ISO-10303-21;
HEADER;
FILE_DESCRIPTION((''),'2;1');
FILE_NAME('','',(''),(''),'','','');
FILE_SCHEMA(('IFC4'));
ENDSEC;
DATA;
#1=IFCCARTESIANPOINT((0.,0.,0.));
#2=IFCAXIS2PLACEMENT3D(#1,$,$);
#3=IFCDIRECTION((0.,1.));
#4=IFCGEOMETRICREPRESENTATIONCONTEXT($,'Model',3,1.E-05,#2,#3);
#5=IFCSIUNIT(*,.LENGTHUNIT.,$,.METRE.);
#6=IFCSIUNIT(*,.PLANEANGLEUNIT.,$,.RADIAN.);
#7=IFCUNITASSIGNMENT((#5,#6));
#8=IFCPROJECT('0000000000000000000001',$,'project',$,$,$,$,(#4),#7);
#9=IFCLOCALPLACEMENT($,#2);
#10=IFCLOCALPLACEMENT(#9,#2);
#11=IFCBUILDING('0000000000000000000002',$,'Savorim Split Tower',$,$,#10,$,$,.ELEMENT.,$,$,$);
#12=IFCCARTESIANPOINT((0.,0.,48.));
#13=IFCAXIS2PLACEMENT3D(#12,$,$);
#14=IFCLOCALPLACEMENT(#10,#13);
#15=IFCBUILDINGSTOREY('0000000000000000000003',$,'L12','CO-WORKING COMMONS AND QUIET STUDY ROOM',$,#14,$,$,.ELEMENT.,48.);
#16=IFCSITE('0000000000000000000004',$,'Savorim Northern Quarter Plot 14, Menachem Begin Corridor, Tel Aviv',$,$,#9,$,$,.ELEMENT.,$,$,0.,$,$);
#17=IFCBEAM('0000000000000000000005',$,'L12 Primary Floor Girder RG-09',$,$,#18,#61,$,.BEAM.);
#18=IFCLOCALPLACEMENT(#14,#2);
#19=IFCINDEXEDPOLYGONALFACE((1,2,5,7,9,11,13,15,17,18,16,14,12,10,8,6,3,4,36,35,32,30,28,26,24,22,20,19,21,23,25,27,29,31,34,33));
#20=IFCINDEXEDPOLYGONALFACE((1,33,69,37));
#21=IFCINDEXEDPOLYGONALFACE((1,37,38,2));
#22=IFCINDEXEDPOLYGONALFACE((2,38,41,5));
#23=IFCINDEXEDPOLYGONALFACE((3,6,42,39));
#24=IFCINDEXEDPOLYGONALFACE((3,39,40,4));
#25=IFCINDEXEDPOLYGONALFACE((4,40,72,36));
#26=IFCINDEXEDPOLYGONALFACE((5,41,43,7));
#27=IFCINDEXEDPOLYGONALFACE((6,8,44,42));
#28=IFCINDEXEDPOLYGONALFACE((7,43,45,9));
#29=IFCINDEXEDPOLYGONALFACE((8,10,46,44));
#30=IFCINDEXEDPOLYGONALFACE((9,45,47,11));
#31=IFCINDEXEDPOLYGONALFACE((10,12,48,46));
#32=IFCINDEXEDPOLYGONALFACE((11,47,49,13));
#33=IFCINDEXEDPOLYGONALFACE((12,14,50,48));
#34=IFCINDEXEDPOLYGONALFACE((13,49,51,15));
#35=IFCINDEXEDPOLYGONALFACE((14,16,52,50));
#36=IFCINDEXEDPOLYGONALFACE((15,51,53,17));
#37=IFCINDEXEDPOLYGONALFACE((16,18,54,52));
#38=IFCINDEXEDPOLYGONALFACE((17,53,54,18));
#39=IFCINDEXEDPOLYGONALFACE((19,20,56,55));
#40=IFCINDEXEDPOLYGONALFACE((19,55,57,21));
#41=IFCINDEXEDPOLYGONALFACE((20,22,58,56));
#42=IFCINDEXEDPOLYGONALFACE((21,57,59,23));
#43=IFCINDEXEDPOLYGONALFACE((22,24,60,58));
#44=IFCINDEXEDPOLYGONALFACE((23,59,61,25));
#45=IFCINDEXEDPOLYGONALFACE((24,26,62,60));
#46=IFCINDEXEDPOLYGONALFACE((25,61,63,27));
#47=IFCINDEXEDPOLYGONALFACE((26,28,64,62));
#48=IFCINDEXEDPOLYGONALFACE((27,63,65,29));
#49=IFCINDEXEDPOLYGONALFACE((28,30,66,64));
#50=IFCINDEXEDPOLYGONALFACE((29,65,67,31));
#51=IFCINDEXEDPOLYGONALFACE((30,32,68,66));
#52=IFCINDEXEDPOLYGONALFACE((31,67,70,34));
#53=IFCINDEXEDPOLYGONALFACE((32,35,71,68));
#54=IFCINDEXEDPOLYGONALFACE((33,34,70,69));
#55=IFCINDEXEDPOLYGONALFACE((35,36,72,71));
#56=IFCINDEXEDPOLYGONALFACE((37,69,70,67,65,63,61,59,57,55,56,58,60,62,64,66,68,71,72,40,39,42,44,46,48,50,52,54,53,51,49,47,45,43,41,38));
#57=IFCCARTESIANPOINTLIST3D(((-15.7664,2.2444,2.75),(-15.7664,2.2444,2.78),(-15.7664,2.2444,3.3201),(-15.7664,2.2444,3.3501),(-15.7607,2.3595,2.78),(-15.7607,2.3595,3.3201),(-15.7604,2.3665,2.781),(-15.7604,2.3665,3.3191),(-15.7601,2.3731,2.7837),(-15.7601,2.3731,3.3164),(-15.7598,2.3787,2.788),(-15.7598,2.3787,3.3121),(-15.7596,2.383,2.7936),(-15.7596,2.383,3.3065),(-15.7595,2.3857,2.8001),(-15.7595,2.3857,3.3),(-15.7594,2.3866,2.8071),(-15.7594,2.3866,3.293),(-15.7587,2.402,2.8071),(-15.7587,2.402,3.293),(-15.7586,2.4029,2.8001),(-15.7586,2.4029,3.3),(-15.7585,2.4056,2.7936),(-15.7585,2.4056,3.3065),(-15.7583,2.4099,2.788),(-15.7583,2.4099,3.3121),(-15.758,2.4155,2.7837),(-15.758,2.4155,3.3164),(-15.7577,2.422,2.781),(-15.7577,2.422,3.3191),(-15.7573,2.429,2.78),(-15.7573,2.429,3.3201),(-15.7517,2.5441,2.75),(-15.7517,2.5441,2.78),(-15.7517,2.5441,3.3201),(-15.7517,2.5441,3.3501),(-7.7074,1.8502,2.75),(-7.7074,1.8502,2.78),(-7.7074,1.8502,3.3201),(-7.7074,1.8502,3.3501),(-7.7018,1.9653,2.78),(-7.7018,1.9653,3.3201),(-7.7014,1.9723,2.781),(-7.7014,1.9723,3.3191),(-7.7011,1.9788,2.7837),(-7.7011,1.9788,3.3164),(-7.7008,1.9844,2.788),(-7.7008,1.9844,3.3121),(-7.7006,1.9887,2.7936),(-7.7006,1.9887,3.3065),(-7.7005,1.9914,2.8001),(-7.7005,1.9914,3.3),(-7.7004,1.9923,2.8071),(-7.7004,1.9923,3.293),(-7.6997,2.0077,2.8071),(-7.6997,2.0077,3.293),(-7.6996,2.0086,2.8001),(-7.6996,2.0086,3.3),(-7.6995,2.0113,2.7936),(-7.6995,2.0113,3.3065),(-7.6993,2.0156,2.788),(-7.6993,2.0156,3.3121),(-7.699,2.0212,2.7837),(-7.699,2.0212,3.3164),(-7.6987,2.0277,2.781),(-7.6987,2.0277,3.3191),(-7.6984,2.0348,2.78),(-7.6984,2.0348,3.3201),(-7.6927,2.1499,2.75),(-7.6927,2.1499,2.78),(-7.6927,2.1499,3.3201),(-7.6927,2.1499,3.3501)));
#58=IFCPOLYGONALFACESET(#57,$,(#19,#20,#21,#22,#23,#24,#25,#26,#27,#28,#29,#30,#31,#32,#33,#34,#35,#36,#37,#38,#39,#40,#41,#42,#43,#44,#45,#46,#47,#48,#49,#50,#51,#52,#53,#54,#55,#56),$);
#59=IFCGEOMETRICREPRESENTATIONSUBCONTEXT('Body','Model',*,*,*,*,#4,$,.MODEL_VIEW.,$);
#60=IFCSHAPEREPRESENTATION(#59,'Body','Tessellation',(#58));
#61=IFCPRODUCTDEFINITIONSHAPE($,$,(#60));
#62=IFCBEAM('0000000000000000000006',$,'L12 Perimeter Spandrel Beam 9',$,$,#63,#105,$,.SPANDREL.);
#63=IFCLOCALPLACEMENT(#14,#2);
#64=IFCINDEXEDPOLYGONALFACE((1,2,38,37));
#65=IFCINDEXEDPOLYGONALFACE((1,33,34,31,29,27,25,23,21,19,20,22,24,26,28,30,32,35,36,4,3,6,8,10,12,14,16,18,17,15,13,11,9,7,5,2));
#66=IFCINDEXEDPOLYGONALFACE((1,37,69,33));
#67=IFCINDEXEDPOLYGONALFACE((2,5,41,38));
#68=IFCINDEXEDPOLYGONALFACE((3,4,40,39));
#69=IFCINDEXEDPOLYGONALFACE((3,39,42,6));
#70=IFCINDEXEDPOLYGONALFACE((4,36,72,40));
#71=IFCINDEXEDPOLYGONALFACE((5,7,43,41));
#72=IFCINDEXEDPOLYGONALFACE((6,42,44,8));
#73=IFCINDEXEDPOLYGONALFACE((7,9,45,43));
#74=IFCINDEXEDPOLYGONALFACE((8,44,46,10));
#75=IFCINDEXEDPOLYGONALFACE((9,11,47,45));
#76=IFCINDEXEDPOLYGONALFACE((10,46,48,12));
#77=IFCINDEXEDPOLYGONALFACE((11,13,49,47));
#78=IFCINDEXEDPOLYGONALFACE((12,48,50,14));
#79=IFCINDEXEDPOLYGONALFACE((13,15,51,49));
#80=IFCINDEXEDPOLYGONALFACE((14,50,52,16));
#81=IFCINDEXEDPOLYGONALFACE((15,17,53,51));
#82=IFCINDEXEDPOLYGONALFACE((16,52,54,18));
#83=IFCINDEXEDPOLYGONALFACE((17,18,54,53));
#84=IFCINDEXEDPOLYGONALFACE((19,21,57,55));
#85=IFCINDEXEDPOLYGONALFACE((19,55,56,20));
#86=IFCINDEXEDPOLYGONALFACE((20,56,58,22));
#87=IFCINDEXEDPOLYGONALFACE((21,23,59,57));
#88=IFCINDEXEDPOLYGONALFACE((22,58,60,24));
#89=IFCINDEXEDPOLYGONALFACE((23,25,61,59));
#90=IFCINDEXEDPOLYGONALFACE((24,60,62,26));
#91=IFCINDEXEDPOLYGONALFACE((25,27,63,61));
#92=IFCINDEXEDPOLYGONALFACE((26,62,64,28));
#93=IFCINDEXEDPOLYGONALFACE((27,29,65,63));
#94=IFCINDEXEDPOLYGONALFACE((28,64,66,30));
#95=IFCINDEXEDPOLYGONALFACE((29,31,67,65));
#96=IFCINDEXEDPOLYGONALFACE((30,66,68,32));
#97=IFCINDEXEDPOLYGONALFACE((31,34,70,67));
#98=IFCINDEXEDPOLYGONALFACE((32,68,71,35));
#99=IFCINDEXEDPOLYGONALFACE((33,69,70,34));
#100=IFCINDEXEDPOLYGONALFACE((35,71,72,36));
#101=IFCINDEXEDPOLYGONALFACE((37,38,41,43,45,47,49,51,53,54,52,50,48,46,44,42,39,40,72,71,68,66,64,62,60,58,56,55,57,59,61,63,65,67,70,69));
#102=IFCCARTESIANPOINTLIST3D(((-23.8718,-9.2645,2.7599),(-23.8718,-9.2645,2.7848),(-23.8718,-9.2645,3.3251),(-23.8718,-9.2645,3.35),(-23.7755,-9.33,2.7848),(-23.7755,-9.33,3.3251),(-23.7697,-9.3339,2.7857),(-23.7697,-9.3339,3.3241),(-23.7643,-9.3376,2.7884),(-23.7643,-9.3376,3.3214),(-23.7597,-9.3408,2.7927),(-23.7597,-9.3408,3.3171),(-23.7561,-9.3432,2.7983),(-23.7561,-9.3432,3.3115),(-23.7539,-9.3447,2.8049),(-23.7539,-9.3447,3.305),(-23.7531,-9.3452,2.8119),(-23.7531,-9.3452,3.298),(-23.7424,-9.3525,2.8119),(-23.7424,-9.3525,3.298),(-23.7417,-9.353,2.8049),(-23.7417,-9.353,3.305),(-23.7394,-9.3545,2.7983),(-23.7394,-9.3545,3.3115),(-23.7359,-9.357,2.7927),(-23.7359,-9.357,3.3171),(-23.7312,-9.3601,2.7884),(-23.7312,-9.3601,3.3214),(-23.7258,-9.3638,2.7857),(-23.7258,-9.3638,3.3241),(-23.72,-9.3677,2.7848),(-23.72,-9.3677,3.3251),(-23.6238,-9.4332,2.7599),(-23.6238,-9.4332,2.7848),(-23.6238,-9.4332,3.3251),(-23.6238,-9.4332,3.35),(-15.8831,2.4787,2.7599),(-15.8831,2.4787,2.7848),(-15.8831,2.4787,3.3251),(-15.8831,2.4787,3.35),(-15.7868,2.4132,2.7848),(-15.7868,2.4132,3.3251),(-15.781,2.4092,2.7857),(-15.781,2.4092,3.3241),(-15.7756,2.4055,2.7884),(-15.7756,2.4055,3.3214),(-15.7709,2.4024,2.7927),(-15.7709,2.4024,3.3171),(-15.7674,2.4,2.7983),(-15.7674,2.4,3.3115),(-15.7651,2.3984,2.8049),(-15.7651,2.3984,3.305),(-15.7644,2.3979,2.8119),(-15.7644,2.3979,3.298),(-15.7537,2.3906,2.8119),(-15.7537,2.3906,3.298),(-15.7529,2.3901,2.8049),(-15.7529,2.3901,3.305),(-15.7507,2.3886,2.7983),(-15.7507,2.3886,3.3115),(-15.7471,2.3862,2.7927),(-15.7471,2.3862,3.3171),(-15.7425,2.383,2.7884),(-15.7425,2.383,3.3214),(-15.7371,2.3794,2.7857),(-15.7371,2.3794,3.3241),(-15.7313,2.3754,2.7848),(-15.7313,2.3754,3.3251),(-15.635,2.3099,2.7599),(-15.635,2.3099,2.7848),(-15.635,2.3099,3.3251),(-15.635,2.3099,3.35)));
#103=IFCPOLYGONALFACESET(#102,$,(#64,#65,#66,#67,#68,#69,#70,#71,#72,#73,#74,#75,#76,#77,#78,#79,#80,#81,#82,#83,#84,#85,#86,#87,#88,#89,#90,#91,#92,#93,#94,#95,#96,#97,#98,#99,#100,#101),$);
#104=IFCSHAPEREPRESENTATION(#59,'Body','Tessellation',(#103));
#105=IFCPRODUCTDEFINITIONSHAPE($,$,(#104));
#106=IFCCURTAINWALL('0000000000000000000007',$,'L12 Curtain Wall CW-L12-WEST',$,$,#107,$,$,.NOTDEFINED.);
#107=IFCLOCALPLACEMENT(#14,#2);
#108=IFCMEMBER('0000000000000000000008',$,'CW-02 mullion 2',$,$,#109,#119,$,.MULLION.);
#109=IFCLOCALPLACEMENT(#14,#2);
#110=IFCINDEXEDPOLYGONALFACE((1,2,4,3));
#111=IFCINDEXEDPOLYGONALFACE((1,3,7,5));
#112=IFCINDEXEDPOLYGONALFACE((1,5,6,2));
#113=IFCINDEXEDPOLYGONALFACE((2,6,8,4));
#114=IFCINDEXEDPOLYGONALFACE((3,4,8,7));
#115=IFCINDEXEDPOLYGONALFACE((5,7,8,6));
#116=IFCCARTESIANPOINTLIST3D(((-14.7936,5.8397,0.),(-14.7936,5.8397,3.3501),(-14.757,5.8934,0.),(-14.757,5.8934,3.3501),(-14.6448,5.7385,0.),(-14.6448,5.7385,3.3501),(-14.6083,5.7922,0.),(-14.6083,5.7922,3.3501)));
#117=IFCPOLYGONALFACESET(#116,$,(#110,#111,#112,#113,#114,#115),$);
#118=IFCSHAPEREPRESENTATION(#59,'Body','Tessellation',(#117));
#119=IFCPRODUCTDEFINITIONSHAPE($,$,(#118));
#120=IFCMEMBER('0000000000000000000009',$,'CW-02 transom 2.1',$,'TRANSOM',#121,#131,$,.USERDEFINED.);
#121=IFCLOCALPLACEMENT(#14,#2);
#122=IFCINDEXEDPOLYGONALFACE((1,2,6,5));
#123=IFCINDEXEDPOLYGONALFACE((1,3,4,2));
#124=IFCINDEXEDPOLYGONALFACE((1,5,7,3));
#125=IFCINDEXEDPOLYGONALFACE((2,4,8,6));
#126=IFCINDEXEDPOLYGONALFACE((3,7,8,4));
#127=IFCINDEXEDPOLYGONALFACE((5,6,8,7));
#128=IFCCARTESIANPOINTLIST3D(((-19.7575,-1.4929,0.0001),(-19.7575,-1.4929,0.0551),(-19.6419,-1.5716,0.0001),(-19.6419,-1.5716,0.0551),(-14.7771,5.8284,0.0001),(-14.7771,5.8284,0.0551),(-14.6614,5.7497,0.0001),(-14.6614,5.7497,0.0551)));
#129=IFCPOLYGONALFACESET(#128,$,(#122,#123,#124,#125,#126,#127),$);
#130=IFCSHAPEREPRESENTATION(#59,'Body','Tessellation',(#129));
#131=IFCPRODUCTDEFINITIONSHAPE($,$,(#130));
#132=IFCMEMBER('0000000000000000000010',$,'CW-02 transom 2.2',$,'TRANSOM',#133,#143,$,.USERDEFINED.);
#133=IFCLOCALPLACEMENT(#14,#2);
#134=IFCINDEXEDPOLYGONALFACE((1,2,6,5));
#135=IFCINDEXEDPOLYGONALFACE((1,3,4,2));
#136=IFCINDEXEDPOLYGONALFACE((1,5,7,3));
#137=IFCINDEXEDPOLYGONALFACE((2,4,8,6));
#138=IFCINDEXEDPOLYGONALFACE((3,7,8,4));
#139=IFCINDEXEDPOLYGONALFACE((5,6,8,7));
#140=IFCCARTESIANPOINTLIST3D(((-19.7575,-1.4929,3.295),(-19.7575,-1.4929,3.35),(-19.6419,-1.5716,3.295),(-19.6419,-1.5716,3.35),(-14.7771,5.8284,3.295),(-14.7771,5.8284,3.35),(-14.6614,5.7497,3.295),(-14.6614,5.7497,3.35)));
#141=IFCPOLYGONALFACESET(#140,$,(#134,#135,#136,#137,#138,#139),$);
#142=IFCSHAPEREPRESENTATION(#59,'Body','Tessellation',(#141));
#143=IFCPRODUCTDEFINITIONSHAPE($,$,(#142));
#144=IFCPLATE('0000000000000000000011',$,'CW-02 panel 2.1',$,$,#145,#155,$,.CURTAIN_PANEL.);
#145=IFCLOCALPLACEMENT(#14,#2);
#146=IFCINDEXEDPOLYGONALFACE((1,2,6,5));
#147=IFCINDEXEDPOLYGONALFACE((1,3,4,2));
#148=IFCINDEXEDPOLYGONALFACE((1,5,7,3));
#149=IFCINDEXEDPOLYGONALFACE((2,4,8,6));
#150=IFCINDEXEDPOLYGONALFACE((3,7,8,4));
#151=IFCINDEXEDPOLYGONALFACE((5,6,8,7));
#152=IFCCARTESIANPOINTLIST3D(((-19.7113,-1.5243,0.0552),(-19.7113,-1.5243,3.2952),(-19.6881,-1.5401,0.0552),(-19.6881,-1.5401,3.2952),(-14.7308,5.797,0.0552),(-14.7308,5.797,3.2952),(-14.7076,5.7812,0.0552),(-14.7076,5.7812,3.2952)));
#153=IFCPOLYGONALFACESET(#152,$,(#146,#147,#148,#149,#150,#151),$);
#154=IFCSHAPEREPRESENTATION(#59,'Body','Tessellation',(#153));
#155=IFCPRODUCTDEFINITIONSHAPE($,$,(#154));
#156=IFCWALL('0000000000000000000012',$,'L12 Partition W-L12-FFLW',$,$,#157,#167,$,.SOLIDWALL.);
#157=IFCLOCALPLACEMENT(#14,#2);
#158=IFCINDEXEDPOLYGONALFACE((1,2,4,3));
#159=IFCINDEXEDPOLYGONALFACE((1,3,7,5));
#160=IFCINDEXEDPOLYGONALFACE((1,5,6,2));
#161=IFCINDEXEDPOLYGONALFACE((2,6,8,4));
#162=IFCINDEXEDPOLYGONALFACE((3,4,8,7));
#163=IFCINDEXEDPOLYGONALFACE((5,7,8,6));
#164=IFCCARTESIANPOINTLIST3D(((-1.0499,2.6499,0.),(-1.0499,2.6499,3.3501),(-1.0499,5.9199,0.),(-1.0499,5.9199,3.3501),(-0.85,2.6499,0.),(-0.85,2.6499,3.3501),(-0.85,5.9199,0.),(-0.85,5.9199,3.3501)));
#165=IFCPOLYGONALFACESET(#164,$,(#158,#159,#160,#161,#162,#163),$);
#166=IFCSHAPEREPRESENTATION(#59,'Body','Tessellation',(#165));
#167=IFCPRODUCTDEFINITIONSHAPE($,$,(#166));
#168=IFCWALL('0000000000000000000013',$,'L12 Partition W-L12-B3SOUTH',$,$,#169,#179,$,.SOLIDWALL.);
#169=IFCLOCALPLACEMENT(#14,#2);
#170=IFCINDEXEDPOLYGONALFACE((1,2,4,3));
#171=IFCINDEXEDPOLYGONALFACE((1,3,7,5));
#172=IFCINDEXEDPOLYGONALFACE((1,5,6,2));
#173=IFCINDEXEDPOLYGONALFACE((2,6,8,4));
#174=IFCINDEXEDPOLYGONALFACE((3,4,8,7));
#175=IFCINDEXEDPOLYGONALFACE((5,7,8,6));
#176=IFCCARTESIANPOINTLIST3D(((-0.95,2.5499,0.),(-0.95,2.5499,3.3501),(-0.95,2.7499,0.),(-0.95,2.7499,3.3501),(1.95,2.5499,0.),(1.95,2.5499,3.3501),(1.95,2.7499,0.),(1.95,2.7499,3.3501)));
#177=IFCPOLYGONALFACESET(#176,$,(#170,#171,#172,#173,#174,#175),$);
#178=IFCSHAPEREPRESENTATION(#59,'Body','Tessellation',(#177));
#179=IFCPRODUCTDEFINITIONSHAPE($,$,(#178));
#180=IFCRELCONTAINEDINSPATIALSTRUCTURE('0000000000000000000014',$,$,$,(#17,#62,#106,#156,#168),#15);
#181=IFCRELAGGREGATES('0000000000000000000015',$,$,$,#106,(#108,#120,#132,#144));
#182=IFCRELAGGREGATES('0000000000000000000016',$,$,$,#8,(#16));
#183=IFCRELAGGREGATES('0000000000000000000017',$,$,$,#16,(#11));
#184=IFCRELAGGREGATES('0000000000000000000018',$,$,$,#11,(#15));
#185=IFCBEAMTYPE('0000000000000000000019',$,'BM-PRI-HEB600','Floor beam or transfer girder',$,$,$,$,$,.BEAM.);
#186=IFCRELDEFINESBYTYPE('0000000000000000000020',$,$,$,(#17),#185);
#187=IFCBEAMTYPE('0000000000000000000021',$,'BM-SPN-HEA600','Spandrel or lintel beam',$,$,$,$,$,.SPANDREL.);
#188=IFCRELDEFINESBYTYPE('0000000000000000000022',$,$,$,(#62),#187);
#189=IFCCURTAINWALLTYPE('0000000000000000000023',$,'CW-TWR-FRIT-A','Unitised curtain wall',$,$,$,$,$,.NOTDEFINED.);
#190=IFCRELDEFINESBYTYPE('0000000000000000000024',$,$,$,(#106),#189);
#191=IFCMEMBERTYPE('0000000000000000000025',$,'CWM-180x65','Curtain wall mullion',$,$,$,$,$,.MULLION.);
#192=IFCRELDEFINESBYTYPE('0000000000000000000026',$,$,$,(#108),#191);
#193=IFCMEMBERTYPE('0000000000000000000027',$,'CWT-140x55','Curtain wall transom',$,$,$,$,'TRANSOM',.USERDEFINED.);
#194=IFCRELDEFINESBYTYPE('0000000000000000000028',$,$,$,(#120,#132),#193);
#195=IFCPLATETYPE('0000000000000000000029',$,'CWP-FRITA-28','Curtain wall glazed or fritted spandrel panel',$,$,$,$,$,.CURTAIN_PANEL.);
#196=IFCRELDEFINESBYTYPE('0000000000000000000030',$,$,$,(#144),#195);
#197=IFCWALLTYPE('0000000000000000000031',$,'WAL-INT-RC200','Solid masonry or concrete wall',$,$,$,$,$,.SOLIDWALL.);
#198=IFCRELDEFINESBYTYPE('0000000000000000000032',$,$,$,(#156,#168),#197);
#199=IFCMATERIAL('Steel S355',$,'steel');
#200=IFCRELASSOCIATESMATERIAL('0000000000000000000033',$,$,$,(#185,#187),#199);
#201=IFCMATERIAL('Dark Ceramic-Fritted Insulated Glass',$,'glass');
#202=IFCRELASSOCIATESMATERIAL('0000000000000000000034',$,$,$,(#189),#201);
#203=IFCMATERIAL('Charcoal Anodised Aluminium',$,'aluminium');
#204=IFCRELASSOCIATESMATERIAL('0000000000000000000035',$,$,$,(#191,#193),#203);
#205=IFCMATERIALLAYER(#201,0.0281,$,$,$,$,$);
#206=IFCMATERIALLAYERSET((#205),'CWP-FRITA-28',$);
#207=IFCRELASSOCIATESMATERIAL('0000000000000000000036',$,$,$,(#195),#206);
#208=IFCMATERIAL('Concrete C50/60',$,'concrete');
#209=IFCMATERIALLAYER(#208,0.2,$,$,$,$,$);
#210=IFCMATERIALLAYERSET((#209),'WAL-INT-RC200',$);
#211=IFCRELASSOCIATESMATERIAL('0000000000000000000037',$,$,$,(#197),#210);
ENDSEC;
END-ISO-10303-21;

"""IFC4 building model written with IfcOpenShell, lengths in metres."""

from ifc_helpers import new_model, si_unit, direction, frame, frame_2d, origin, origin_2d, place, context, subcontext, project, spatial, rectangle, i_section, extrude, material, layer, layer_set, material_profile, profile_set, type_object, element, aggregate, save


model = new_model("IFC4")

# Units and contexts
model_context = context("Model", 3, precision=1e-05, world=origin(), true_north=direction((0.0, 1.0)))
body_context = subcontext(model_context, "Body", "Model", "MODEL_VIEW")
ifc_project = project(units=[si_unit("LENGTHUNIT", "METRE"), si_unit("PLANEANGLEUNIT", "RADIAN")], contexts=[model_context])

# Site, building, storey
site_placement = place(None, origin())
site = spatial("IfcSite", under=ifc_project, at=site_placement, Name="Savorim Northern Quarter Plot 14, Menachem Begin Corridor, Tel Aviv", CompositionType="ELEMENT", RefElevation=0.0)
building_placement = place(site_placement, origin())
building = spatial("IfcBuilding", under=site, at=building_placement, Name="Savorim Split Tower", CompositionType="ELEMENT")
storey_placement = place(building_placement, frame((0.0, 0.0, 48.0)))
storey = spatial("IfcBuildingStorey", under=building, at=storey_placement, Name="L12", Description="CO-WORKING COMMONS AND QUIET STUDY ROOM", CompositionType="ELEMENT", Elevation=48.0)

# Beams
ifc_material_1 = material(Name="Steel S355", Category="steel")
ifc_material_profile_1 = material_profile(ifc_material_1, i_section(OverallWidth=0.3, OverallDepth=0.6001, WebThickness=0.0154, FlangeThickness=0.03, FilletRadius=0.0271, at=origin_2d()), Name="HEB 600")
ifc_profile_set_1 = profile_set([ifc_material_profile_1], Name="Steel S355")
beam_type_1 = type_object("IfcBeamType", Name="BM-PRI-HEB600", Description="Floor beam or transfer girder", PredefinedType="BEAM", material=ifc_profile_set_1)
beam_1_placement = place(storey_placement, frame((-15.759, 2.3943, 3.05), z_axis=(0.998805, -0.048866, 0.0), x_axis=(0.048866, 0.998805, 0.0)))
element("IfcBeam", 1, at=beam_1_placement, inside=storey, type_object=beam_type_1, Name="L12 Primary Floor Girder RG-09", PredefinedType="BEAM", context=body_context, shape_type="SweptSolid", body=[
    extrude(i_section(OverallWidth=0.3, OverallDepth=0.6001, WebThickness=0.0154, FlangeThickness=0.03, FilletRadius=0.0271, at=origin_2d()), origin(), (0.0, 0.0, 1.0), 8.0686),
])
ifc_material_profile_2 = material_profile(ifc_material_1, i_section(OverallWidth=0.3, OverallDepth=0.5901, WebThickness=0.0129, FlangeThickness=0.0249, FilletRadius=0.0271, at=origin_2d()), Name="HEA 600")
ifc_profile_set_2 = profile_set([ifc_material_profile_2], Name="Steel S355")
beam_type_2 = type_object("IfcBeamType", Name="BM-SPN-HEA600", Description="Spandrel or lintel beam", PredefinedType="SPANDREL", material=ifc_profile_set_2)
beam_2_placement = place(storey_placement, frame((-15.759, 2.3943, 3.0549), z_axis=(-0.562475, -0.826815, 0.0), x_axis=(0.826815, -0.562475, 0.0)))
element("IfcBeam", 2, at=beam_2_placement, inside=storey, type_object=beam_type_2, Name="L12 Perimeter Spandrel Beam 9", PredefinedType="SPANDREL", context=body_context, shape_type="SweptSolid", body=[
    extrude(i_section(OverallWidth=0.3, OverallDepth=0.5901, WebThickness=0.0129, FlangeThickness=0.0249, FilletRadius=0.0271, at=origin_2d()), origin(), (0.0, 0.0, 1.0), 14.2029),
])

# Curtain wall, members, plate
ifc_material_2 = material(Name="Dark Ceramic-Fritted Insulated Glass", Category="glass")
curtain_wall_type = type_object("IfcCurtainWallType", Name="CW-TWR-FRIT-A", Description="Unitised curtain wall", PredefinedType="NOTDEFINED", material=ifc_material_2)
curtain_wall_placement = place(storey_placement, origin())
curtain_wall = element("IfcCurtainWall", 3, at=curtain_wall_placement, inside=storey, type_object=curtain_wall_type, Name="L12 Curtain Wall CW-L12-WEST", PredefinedType="NOTDEFINED")
ifc_material_3 = material(Name="Charcoal Anodised Aluminium", Category="aluminium")
ifc_material_profile_3 = material_profile(ifc_material_3, rectangle(XDim=0.1799, YDim=0.0649, at=origin_2d()), Name="ALU-M 180x65")
ifc_profile_set_3 = profile_set([ifc_material_profile_3], Name="Charcoal Anodised Aluminium")
member_type_1 = type_object("IfcMemberType", Name="CWM-180x65", Description="Curtain wall mullion", PredefinedType="MULLION", material=ifc_profile_set_3)
member_1_placement = place(storey_placement, frame((-14.7009, 5.8159, 0.0), z_axis=(0.0, 0.0, 1.0), x_axis=(0.826821, -0.562465, 0.0)))
member_1 = element("IfcMember", 4, at=member_1_placement, type_object=member_type_1, Name="CW-02 mullion 2", PredefinedType="MULLION", context=body_context, shape_type="SweptSolid", body=[
    extrude(rectangle(XDim=0.1799, YDim=0.0649, at=origin_2d()), origin(), (0.0, 0.0, 1.0), 3.3501),
])
ifc_material_profile_4 = material_profile(ifc_material_3, rectangle(XDim=0.1399, YDim=0.0549, at=origin_2d()), Name="ALU-T 140x55")
ifc_profile_set_4 = profile_set([ifc_material_profile_4], Name="Charcoal Anodised Aluminium")
member_type_2 = type_object("IfcMemberType", Name="CWT-140x55", Description="Curtain wall transom", ElementType="TRANSOM", PredefinedType="USERDEFINED", material=ifc_profile_set_4)
member_2_placement = place(storey_placement, frame((-14.7192, 5.7891, 0.0276), z_axis=(-0.562464, -0.826822, 0.0), x_axis=(0.826822, -0.562464, 0.0)))
member_2 = element("IfcMember", 5, at=member_2_placement, type_object=member_type_2, Name="CW-02 transom 2.1", ObjectType="TRANSOM", PredefinedType="USERDEFINED", context=body_context, shape_type="SweptSolid", body=[
    extrude(rectangle(XDim=0.1399, YDim=0.0549, at=origin_2d()), origin(), (0.0, 0.0, 1.0), 8.8547),
])
member_3_placement = place(storey_placement, frame((-14.7192, 5.7891, 3.3225), z_axis=(-0.562464, -0.826822, 0.0), x_axis=(0.826822, -0.562464, 0.0)))
member_3 = element("IfcMember", 6, at=member_3_placement, type_object=member_type_2, Name="CW-02 transom 2.2", ObjectType="TRANSOM", PredefinedType="USERDEFINED", context=body_context, shape_type="SweptSolid", body=[
    extrude(rectangle(XDim=0.1399, YDim=0.0549, at=origin_2d()), origin(), (0.0, 0.0, 1.0), 8.8547),
])
ifc_layer_1 = layer(ifc_material_2, 0.0281)
ifc_layer_set_1 = layer_set([ifc_layer_1], Name="CWP-FRITA-28")
plate_type = type_object("IfcPlateType", Name="CWP-FRITA-28", Description="Curtain wall glazed or fritted spandrel panel", PredefinedType="CURTAIN_PANEL", material=ifc_layer_set_1)
plate_placement = place(storey_placement, frame((-17.2095, 2.1284, 0.0552), z_axis=(0.0, 0.0, 1.0), x_axis=(-0.562465, -0.826821, 0.0)))
plate = element("IfcPlate", 7, at=plate_placement, type_object=plate_type, Name="CW-02 panel 2.1", PredefinedType="CURTAIN_PANEL", context=body_context, shape_type="SweptSolid", body=[
    extrude(rectangle(XDim=8.8547, YDim=0.0281, at=origin_2d()), origin(), (0.0, 0.0, 1.0), 3.24),
])
aggregate(curtain_wall, [member_1, member_2, member_3, plate])

# Shared definitions
ifc_material_4 = material(Name="Concrete C50/60", Category="concrete")
ifc_layer_2 = layer(ifc_material_4, 0.2)
ifc_layer_set_2 = layer_set([ifc_layer_2], Name="WAL-INT-RC200")
wall_type_1 = type_object("IfcWallType", Name="WAL-INT-RC200", Description="Solid masonry or concrete wall", PredefinedType="SOLIDWALL", material=ifc_layer_set_2)

# Walls
wall_1_placement = place(storey_placement, frame((-0.95, 2.6499, 0.0), z_axis=(0.0, 0.0, 1.0), x_axis=(0.0, 1.0, 0.0)))
element("IfcWall", 8, at=wall_1_placement, inside=storey, type_object=wall_type_1, Name="L12 Partition W-L12-FFLW", PredefinedType="SOLIDWALL", context=body_context, shape_type="SweptSolid", body=[
    extrude(rectangle(XDim=3.27, YDim=0.2, at=frame_2d((1.635, 0.0))), origin(), (0.0, 0.0, 1.0), 3.3501),
])
wall_2_placement = place(storey_placement, frame((-0.95, 2.6499, 0.0), z_axis=(0.0, 0.0, 1.0), x_axis=(1.0, 0.0, 0.0)))
element("IfcWall", 9, at=wall_2_placement, inside=storey, type_object=wall_type_1, Name="L12 Partition W-L12-B3SOUTH", PredefinedType="SOLIDWALL", context=body_context, shape_type="SweptSolid", body=[
    extrude(rectangle(XDim=2.8999, YDim=0.2, at=frame_2d((1.45, 0.0))), origin(), (0.0, 0.0, 1.0), 3.3501),
])

save(model, "model.ifc")
